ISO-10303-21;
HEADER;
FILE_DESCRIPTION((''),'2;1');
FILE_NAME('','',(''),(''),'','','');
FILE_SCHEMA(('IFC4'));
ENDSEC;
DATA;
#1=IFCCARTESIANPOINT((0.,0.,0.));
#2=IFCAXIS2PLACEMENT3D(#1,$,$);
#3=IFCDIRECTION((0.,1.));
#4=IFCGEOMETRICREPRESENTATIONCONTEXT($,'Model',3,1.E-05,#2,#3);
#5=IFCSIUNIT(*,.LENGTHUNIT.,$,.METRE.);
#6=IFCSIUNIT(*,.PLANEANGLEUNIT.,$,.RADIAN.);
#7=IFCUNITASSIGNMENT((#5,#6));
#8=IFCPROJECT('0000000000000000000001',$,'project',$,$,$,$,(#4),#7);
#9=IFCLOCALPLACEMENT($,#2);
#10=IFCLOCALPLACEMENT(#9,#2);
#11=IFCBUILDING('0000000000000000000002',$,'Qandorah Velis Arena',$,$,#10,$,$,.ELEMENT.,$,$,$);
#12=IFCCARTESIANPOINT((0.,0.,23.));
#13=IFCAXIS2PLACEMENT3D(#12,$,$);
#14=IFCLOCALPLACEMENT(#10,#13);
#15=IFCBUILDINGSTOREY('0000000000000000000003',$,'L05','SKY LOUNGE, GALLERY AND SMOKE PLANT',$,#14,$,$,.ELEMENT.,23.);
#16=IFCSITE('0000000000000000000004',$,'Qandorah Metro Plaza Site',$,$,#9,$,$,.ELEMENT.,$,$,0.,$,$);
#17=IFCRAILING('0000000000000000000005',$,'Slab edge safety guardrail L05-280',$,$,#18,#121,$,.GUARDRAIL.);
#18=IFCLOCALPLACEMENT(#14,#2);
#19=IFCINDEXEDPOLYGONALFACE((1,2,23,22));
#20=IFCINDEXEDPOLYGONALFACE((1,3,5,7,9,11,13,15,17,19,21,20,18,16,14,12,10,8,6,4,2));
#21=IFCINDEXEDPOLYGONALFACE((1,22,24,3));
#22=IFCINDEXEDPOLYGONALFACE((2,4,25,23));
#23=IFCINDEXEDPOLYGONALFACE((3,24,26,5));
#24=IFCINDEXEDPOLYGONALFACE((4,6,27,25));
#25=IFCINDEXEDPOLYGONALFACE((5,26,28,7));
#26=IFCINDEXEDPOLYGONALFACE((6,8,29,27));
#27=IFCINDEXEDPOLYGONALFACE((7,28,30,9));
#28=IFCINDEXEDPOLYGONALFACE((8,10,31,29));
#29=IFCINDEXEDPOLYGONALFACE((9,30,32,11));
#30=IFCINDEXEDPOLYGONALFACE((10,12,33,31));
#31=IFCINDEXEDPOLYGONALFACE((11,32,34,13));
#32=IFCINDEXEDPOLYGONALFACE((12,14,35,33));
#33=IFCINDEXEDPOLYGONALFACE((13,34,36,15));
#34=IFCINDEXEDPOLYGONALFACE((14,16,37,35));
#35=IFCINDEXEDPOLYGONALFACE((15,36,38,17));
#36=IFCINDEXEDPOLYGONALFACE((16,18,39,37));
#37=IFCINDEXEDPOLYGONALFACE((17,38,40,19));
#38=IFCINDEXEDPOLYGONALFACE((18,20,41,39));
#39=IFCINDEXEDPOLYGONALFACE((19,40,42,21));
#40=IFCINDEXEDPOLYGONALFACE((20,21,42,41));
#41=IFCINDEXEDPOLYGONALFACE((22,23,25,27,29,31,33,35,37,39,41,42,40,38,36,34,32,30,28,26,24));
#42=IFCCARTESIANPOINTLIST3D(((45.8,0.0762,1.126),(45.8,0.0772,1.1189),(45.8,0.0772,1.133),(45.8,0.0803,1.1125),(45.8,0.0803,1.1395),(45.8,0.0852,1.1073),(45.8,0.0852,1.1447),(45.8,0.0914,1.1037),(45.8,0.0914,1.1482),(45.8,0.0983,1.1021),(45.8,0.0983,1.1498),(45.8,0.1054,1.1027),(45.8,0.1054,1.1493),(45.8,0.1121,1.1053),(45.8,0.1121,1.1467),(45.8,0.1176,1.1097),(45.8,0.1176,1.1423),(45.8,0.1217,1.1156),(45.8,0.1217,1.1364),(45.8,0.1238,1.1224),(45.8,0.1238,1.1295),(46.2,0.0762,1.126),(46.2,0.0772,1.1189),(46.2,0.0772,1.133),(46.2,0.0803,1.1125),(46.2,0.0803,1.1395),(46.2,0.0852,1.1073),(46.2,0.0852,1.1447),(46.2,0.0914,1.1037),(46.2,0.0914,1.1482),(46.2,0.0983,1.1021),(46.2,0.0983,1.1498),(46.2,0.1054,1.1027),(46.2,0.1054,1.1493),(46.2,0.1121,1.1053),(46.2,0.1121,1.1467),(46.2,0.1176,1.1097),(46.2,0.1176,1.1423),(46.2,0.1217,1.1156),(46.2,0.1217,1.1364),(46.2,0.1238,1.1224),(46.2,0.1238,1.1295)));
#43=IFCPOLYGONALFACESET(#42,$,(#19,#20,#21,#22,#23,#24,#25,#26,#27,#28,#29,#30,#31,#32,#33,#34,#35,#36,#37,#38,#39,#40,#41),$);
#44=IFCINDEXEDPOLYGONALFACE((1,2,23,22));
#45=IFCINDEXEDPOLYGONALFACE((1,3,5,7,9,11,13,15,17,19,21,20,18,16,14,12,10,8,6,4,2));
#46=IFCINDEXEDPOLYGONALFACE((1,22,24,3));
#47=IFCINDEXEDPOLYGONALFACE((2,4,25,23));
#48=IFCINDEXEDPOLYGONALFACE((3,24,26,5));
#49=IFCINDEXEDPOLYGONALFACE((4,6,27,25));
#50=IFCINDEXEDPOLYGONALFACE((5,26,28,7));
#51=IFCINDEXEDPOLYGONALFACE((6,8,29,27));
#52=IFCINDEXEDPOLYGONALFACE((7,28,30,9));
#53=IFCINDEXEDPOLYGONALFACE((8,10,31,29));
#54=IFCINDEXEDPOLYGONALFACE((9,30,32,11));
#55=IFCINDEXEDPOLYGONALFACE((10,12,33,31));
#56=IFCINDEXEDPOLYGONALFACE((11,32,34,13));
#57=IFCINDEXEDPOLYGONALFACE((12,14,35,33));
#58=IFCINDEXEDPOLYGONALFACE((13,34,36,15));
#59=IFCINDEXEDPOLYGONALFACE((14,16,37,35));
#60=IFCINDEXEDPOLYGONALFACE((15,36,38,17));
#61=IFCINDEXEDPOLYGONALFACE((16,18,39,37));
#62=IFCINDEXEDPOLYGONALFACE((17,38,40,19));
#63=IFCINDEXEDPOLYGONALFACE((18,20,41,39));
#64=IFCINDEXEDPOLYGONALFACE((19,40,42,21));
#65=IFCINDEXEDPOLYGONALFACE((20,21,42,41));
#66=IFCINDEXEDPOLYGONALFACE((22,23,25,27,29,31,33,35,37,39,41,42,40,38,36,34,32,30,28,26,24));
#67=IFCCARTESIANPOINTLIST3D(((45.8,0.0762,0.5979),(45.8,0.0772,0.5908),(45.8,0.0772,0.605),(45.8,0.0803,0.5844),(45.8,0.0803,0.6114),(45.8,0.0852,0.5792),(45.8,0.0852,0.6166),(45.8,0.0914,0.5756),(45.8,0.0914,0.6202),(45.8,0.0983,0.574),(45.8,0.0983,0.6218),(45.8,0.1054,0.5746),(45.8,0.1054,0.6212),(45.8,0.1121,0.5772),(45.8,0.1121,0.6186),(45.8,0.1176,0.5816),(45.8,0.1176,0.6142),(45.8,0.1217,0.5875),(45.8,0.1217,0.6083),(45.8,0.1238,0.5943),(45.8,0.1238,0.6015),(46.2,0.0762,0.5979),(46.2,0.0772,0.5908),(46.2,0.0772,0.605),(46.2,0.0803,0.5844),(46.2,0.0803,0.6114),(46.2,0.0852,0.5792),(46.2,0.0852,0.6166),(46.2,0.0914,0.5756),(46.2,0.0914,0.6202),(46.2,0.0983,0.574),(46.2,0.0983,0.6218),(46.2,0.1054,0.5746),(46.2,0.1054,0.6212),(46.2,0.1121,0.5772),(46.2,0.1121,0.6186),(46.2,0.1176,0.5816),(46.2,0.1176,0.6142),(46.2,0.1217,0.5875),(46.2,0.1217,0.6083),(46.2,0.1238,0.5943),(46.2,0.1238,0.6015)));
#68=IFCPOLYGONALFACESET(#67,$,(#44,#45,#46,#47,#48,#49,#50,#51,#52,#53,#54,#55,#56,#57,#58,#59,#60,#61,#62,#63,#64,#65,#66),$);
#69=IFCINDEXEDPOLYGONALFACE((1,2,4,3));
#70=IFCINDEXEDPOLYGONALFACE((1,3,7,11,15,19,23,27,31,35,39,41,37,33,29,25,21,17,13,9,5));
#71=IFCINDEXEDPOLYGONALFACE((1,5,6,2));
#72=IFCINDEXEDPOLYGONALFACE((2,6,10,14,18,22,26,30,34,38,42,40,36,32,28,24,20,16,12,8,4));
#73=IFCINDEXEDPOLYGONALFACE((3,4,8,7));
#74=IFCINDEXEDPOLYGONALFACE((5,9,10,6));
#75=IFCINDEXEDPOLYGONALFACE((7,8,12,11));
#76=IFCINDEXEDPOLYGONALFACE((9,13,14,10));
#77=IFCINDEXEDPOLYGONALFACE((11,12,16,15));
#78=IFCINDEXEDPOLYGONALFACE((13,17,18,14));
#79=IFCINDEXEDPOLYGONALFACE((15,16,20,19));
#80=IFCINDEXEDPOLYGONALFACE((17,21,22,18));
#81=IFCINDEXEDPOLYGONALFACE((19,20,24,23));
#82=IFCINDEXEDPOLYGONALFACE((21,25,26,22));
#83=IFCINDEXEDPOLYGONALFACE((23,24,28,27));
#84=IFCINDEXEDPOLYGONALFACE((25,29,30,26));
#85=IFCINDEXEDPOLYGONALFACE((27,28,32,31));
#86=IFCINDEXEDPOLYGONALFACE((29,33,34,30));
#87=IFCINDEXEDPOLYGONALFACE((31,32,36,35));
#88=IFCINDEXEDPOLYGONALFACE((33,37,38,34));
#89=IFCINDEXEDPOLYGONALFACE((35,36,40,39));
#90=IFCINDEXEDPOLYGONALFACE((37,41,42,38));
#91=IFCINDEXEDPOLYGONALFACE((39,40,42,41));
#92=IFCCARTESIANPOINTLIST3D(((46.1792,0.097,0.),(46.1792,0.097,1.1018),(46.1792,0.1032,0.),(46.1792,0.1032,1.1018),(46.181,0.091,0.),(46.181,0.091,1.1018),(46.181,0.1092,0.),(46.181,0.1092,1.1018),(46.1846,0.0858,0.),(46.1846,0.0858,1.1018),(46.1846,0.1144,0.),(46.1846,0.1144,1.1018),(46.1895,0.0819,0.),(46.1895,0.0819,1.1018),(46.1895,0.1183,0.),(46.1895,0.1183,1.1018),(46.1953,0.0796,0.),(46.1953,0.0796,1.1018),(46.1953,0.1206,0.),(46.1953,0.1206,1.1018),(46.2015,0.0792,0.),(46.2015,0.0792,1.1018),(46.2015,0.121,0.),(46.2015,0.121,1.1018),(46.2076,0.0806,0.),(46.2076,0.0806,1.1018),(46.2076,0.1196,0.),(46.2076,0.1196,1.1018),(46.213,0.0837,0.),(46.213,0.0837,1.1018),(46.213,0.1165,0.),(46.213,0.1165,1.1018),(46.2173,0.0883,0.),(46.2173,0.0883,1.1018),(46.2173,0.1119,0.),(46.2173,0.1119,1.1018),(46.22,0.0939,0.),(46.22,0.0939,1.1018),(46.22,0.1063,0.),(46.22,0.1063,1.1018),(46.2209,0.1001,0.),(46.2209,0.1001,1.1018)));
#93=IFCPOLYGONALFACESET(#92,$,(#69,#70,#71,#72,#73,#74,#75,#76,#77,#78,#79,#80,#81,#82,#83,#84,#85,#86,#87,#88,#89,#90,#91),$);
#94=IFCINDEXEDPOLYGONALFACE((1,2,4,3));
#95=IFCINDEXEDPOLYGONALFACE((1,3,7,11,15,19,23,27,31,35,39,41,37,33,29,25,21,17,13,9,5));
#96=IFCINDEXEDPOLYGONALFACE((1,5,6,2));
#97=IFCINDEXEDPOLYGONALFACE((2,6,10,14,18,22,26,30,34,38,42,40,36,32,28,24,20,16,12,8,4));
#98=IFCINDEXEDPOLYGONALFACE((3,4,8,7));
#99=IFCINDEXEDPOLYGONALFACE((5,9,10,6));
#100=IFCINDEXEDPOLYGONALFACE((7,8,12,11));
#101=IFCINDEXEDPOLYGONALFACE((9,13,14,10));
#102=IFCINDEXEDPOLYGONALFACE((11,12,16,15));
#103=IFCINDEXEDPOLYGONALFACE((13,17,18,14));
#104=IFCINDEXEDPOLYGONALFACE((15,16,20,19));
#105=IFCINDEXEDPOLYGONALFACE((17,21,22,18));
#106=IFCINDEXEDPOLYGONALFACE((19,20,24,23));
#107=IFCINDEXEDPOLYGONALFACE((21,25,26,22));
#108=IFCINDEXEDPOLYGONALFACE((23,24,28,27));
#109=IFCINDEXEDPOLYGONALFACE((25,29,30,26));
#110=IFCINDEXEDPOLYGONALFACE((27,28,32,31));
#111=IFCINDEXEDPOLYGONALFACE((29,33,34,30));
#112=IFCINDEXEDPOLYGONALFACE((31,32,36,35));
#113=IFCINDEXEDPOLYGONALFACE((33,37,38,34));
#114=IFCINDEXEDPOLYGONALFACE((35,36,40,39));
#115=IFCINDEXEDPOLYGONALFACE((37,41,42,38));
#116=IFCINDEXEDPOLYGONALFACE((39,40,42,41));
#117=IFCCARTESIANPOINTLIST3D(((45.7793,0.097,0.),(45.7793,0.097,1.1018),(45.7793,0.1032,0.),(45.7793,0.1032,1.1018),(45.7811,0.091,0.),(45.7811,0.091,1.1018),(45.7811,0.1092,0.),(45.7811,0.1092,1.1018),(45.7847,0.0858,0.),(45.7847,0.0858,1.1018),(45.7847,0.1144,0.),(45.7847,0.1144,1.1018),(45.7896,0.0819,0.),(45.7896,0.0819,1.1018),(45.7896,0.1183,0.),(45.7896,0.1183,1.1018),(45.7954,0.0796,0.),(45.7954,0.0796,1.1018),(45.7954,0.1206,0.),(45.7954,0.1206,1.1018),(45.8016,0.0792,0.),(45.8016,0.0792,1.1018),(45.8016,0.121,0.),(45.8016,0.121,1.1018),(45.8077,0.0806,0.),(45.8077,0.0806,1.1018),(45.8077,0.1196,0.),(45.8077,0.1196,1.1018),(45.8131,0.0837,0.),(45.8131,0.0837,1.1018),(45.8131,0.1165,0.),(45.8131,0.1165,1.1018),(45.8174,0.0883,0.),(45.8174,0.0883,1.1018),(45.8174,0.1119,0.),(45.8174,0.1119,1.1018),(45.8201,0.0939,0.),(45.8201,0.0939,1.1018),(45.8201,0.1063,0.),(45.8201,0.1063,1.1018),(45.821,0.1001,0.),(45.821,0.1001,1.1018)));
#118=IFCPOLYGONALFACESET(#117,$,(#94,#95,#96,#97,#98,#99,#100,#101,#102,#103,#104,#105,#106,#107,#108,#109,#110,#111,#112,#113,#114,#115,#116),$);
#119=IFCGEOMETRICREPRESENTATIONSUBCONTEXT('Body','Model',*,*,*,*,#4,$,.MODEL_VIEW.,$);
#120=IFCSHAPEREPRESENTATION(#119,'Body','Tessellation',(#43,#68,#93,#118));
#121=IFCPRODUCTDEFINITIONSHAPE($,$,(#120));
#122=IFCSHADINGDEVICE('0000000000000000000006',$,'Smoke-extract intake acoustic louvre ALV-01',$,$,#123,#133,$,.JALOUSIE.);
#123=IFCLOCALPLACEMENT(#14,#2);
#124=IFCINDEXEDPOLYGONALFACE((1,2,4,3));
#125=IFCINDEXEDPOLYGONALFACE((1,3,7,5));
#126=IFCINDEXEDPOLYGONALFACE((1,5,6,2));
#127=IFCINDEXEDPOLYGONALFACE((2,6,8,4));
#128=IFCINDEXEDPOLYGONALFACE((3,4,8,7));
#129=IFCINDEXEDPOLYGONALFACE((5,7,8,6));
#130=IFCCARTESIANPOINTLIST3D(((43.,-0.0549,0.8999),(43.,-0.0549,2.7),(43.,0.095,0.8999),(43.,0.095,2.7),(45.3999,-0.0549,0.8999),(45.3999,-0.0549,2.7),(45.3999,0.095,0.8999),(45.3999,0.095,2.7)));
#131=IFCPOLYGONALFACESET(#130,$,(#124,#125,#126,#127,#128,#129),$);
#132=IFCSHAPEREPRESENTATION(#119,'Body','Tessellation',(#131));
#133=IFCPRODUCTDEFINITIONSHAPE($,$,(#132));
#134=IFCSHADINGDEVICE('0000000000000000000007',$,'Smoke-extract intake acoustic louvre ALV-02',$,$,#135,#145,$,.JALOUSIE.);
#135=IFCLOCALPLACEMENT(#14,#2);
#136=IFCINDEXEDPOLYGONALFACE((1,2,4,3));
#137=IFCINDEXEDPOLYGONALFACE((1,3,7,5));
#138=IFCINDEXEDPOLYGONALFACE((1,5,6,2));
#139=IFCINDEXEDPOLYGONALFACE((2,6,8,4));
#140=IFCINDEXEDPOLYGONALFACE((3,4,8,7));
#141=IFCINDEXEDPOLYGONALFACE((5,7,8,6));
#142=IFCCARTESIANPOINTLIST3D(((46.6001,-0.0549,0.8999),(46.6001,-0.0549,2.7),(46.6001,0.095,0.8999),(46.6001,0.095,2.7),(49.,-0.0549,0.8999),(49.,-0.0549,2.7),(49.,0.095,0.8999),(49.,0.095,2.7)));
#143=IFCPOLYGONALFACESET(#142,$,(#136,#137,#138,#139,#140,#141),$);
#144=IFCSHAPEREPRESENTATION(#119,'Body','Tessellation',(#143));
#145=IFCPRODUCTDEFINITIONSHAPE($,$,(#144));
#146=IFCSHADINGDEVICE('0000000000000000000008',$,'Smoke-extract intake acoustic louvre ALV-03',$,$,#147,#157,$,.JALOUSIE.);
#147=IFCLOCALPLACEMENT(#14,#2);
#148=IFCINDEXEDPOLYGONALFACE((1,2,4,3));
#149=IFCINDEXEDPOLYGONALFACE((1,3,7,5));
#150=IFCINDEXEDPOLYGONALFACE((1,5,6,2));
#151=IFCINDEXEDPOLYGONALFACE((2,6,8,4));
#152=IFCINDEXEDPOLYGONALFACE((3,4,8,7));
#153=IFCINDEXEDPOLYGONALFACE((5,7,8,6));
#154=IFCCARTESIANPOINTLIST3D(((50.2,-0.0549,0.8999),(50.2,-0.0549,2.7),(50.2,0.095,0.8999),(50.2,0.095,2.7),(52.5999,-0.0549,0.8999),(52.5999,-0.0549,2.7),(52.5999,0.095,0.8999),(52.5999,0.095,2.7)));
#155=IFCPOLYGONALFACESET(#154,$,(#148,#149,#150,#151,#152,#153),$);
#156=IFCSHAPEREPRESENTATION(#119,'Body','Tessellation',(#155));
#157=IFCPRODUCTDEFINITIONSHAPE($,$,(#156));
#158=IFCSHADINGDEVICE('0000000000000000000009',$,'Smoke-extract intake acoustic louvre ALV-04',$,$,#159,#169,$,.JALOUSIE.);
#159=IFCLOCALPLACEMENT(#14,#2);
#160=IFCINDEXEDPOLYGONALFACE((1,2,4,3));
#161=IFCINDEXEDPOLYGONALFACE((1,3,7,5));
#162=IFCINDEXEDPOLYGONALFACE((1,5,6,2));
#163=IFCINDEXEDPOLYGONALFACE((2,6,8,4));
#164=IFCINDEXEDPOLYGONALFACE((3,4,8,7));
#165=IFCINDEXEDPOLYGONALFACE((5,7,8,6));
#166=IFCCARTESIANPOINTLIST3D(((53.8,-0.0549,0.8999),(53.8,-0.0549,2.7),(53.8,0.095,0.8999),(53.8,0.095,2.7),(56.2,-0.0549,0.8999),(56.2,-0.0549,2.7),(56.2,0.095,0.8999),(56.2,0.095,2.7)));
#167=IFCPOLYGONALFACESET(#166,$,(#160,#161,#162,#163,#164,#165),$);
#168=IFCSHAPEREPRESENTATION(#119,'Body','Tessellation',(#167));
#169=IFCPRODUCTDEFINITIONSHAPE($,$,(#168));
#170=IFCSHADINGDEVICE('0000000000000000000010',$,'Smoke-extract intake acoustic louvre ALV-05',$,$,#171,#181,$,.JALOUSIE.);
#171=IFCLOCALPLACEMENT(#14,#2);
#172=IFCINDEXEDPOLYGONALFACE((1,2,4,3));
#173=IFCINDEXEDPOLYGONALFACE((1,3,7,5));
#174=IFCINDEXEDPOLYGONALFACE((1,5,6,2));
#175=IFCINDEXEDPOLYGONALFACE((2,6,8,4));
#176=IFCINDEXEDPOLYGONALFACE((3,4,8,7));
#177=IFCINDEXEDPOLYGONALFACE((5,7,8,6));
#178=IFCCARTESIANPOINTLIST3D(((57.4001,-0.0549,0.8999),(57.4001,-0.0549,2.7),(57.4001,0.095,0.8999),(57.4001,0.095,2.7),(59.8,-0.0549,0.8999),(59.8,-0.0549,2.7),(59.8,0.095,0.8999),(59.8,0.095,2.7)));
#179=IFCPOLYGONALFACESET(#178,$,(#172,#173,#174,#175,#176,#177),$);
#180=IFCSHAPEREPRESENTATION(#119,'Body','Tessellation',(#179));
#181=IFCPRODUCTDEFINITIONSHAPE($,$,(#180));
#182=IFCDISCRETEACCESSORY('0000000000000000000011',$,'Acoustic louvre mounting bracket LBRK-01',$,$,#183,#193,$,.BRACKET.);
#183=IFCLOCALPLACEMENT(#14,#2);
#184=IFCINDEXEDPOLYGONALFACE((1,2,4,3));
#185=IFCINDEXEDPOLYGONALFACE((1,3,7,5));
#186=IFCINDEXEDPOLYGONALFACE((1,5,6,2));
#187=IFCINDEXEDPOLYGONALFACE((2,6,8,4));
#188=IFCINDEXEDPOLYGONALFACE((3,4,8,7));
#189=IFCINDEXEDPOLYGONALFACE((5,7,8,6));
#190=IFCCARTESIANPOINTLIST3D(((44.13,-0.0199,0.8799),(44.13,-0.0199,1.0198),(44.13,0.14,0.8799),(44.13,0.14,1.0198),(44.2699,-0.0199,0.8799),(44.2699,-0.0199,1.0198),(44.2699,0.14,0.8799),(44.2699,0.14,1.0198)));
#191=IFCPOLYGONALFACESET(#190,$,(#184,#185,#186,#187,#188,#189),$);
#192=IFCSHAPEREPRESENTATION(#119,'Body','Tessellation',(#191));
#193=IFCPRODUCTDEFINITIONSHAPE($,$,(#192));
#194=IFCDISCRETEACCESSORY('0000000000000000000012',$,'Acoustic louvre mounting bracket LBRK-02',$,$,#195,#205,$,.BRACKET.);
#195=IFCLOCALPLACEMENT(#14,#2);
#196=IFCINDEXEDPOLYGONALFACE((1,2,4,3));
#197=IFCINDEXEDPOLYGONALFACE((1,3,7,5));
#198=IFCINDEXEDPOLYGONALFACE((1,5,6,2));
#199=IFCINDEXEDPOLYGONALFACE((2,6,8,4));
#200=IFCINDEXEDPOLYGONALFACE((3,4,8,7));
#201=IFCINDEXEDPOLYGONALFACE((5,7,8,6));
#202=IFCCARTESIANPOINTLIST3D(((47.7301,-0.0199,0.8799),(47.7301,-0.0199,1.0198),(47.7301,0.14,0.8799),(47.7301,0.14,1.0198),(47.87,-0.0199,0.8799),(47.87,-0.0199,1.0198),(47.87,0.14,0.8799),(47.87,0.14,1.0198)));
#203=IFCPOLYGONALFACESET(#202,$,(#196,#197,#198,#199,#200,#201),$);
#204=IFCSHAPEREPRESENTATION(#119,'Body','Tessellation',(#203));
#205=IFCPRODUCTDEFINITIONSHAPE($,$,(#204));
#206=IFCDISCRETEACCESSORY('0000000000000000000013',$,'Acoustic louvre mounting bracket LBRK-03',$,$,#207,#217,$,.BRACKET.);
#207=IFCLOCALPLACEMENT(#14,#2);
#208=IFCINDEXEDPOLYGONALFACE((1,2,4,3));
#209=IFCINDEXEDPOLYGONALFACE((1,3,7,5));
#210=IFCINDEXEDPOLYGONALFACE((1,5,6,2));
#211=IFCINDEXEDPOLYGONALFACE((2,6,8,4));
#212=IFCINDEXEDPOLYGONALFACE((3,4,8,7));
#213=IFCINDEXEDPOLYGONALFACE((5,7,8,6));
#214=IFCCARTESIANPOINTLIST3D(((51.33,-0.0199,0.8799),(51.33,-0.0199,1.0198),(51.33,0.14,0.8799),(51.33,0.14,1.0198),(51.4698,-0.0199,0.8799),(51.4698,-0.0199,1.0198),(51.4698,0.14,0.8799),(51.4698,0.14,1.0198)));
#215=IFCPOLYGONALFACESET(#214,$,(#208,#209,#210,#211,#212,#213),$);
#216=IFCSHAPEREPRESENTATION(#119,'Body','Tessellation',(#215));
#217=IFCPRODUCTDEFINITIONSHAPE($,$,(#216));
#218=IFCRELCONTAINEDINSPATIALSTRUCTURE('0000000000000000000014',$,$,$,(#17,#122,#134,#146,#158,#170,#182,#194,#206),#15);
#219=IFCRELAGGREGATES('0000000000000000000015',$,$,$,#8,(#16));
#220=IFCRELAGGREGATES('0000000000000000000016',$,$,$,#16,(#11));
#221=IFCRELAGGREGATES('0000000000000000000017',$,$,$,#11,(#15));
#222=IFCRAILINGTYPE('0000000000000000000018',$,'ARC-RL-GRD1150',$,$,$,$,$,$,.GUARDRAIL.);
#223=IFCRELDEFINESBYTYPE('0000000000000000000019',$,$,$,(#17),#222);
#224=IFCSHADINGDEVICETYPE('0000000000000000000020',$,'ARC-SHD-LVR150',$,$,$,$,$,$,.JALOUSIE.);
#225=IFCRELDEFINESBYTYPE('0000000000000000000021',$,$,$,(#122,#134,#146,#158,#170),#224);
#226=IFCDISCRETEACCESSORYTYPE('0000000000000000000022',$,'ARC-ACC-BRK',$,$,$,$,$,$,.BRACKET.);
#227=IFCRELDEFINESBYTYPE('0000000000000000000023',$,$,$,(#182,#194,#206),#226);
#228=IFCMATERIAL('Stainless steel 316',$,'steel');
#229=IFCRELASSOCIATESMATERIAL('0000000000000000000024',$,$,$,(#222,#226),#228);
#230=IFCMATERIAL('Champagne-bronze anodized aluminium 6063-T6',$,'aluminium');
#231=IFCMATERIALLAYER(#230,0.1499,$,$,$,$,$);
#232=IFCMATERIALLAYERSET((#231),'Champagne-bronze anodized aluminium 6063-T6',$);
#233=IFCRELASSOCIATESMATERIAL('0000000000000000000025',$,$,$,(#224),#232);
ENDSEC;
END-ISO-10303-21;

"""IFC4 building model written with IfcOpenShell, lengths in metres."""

from ifc_helpers import new_model, si_unit, direction, frame, origin, origin_2d, place, context, subcontext, project, spatial, rectangle, circle, extrude, material, layer, layer_set, type_object, element, save


model = new_model("IFC4")

# Units and contexts
model_context = context("Model", 3, precision=1e-05, world=origin(), true_north=direction((0.0, 1.0)))
body_context = subcontext(model_context, "Body", "Model", "MODEL_VIEW")
ifc_project = project(units=[si_unit("LENGTHUNIT", "METRE"), si_unit("PLANEANGLEUNIT", "RADIAN")], contexts=[model_context])

# Site, building, storey
site_placement = place(None, origin())
site = spatial("IfcSite", under=ifc_project, at=site_placement, Name="Qandorah Metro Plaza Site", CompositionType="ELEMENT", RefElevation=0.0)
building_placement = place(site_placement, origin())
building = spatial("IfcBuilding", under=site, at=building_placement, Name="Qandorah Velis Arena", CompositionType="ELEMENT")
storey_placement = place(building_placement, frame((0.0, 0.0, 23.0)))
storey = spatial("IfcBuildingStorey", under=building, at=storey_placement, Name="L05", Description="SKY LOUNGE, GALLERY AND SMOKE PLANT", CompositionType="ELEMENT", Elevation=23.0)

# Railing
ifc_material_1 = material(Name="Stainless steel 316", Category="steel")
railing_type = type_object("IfcRailingType", Name="ARC-RL-GRD1150", PredefinedType="GUARDRAIL", material=ifc_material_1)
railing_1_placement = place(storey_placement, frame((46.2, 0.1001, 0.0)))
element("IfcRailing", 1, at=railing_1_placement, inside=storey, type_object=railing_type, Name="Slab edge safety guardrail L05-280", PredefinedType="GUARDRAIL", context=body_context, shape_type="SweptSolid", body=[
    extrude(circle(Radius=0.0239, at=origin_2d()), frame((0.0, 0.0, 1.126), z_axis=(-1.0, 0.0, 0.0), x_axis=(0.0, -1.0, 0.0)), (0.0, 0.0, 1.0), 0.3999),
    extrude(circle(Radius=0.0239, at=origin_2d()), frame((0.0, 0.0, 0.5979), z_axis=(-1.0, 0.0, 0.0), x_axis=(0.0, -1.0, 0.0)), (0.0, 0.0, 1.0), 0.3999),
    extrude(circle(Radius=0.021, at=origin_2d()), origin(), (0.0, 0.0, 1.0), 1.1018),
    extrude(circle(Radius=0.021, at=origin_2d()), frame((-0.3999, 0.0, 0.0)), (0.0, 0.0, 1.0), 1.1018),
])

# Shading devices
ifc_material_2 = material(Name="Champagne-bronze anodized aluminium 6063-T6", Category="aluminium")
ifc_layer_1 = layer(ifc_material_2, 0.1499)
ifc_layer_set_1 = layer_set([ifc_layer_1], Name="Champagne-bronze anodized aluminium 6063-T6")
shading_device_type = type_object("IfcShadingDeviceType", Name="ARC-SHD-LVR150", PredefinedType="JALOUSIE", material=ifc_layer_set_1)
for number, where, z_axis, x_axis, name in (
    (2, (44.2, 0.02, 0.8999), (0.0, 0.0, 1.0), (1.0, 0.0, 0.0), "Smoke-extract intake acoustic louvre ALV-01"),
    (3, (47.8, 0.02, 0.8999), (0.0, 0.0, 1.0), (1.0, 0.0, 0.0), "Smoke-extract intake acoustic louvre ALV-02"),
    (4, (51.3999, 0.02, 0.8999), (0.0, 0.0, 1.0), (1.0, 0.0, 0.0), "Smoke-extract intake acoustic louvre ALV-03"),
    (5, (55.0, 0.02, 0.8999), (0.0, 0.0, 1.0), (1.0, 0.0, 0.0), "Smoke-extract intake acoustic louvre ALV-04"),
    (6, (58.6001, 0.02, 0.8999), (0.0, 0.0, 1.0), (1.0, 0.0, 0.0), "Smoke-extract intake acoustic louvre ALV-05"),
):
    element("IfcShadingDevice", number, at=place(storey_placement, frame(where, z_axis=z_axis, x_axis=x_axis)), inside=storey, type_object=shading_device_type, Name=name, PredefinedType="JALOUSIE", context=body_context, shape_type="SweptSolid", body=[
        extrude(rectangle(XDim=2.3999, YDim=0.1499, at=origin_2d()), origin(), (0.0, 0.0, 1.0), 1.8),
    ])

# Discrete accessories
discrete_accessory_type = type_object("IfcDiscreteAccessoryType", Name="ARC-ACC-BRK", PredefinedType="BRACKET", material=ifc_material_1)
for number, where, z_axis, x_axis, name in (
    (7, (44.2, 0.0601, 0.8799), (0.0, 0.0, 1.0), (1.0, 0.0, 0.0), "Acoustic louvre mounting bracket LBRK-01"),
    (8, (47.8, 0.0601, 0.8799), (0.0, 0.0, 1.0), (1.0, 0.0, 0.0), "Acoustic louvre mounting bracket LBRK-02"),
    (9, (51.3999, 0.0601, 0.8799), (0.0, 0.0, 1.0), (1.0, 0.0, 0.0), "Acoustic louvre mounting bracket LBRK-03"),
):
    element("IfcDiscreteAccessory", number, at=place(storey_placement, frame(where, z_axis=z_axis, x_axis=x_axis)), inside=storey, type_object=discrete_accessory_type, Name=name, PredefinedType="BRACKET", context=body_context, shape_type="SweptSolid", body=[
        extrude(rectangle(XDim=0.1399, YDim=0.1599, at=origin_2d()), origin(), (0.0, 0.0, 1.0), 0.1399),
    ])

save(model, "model.ifc")
